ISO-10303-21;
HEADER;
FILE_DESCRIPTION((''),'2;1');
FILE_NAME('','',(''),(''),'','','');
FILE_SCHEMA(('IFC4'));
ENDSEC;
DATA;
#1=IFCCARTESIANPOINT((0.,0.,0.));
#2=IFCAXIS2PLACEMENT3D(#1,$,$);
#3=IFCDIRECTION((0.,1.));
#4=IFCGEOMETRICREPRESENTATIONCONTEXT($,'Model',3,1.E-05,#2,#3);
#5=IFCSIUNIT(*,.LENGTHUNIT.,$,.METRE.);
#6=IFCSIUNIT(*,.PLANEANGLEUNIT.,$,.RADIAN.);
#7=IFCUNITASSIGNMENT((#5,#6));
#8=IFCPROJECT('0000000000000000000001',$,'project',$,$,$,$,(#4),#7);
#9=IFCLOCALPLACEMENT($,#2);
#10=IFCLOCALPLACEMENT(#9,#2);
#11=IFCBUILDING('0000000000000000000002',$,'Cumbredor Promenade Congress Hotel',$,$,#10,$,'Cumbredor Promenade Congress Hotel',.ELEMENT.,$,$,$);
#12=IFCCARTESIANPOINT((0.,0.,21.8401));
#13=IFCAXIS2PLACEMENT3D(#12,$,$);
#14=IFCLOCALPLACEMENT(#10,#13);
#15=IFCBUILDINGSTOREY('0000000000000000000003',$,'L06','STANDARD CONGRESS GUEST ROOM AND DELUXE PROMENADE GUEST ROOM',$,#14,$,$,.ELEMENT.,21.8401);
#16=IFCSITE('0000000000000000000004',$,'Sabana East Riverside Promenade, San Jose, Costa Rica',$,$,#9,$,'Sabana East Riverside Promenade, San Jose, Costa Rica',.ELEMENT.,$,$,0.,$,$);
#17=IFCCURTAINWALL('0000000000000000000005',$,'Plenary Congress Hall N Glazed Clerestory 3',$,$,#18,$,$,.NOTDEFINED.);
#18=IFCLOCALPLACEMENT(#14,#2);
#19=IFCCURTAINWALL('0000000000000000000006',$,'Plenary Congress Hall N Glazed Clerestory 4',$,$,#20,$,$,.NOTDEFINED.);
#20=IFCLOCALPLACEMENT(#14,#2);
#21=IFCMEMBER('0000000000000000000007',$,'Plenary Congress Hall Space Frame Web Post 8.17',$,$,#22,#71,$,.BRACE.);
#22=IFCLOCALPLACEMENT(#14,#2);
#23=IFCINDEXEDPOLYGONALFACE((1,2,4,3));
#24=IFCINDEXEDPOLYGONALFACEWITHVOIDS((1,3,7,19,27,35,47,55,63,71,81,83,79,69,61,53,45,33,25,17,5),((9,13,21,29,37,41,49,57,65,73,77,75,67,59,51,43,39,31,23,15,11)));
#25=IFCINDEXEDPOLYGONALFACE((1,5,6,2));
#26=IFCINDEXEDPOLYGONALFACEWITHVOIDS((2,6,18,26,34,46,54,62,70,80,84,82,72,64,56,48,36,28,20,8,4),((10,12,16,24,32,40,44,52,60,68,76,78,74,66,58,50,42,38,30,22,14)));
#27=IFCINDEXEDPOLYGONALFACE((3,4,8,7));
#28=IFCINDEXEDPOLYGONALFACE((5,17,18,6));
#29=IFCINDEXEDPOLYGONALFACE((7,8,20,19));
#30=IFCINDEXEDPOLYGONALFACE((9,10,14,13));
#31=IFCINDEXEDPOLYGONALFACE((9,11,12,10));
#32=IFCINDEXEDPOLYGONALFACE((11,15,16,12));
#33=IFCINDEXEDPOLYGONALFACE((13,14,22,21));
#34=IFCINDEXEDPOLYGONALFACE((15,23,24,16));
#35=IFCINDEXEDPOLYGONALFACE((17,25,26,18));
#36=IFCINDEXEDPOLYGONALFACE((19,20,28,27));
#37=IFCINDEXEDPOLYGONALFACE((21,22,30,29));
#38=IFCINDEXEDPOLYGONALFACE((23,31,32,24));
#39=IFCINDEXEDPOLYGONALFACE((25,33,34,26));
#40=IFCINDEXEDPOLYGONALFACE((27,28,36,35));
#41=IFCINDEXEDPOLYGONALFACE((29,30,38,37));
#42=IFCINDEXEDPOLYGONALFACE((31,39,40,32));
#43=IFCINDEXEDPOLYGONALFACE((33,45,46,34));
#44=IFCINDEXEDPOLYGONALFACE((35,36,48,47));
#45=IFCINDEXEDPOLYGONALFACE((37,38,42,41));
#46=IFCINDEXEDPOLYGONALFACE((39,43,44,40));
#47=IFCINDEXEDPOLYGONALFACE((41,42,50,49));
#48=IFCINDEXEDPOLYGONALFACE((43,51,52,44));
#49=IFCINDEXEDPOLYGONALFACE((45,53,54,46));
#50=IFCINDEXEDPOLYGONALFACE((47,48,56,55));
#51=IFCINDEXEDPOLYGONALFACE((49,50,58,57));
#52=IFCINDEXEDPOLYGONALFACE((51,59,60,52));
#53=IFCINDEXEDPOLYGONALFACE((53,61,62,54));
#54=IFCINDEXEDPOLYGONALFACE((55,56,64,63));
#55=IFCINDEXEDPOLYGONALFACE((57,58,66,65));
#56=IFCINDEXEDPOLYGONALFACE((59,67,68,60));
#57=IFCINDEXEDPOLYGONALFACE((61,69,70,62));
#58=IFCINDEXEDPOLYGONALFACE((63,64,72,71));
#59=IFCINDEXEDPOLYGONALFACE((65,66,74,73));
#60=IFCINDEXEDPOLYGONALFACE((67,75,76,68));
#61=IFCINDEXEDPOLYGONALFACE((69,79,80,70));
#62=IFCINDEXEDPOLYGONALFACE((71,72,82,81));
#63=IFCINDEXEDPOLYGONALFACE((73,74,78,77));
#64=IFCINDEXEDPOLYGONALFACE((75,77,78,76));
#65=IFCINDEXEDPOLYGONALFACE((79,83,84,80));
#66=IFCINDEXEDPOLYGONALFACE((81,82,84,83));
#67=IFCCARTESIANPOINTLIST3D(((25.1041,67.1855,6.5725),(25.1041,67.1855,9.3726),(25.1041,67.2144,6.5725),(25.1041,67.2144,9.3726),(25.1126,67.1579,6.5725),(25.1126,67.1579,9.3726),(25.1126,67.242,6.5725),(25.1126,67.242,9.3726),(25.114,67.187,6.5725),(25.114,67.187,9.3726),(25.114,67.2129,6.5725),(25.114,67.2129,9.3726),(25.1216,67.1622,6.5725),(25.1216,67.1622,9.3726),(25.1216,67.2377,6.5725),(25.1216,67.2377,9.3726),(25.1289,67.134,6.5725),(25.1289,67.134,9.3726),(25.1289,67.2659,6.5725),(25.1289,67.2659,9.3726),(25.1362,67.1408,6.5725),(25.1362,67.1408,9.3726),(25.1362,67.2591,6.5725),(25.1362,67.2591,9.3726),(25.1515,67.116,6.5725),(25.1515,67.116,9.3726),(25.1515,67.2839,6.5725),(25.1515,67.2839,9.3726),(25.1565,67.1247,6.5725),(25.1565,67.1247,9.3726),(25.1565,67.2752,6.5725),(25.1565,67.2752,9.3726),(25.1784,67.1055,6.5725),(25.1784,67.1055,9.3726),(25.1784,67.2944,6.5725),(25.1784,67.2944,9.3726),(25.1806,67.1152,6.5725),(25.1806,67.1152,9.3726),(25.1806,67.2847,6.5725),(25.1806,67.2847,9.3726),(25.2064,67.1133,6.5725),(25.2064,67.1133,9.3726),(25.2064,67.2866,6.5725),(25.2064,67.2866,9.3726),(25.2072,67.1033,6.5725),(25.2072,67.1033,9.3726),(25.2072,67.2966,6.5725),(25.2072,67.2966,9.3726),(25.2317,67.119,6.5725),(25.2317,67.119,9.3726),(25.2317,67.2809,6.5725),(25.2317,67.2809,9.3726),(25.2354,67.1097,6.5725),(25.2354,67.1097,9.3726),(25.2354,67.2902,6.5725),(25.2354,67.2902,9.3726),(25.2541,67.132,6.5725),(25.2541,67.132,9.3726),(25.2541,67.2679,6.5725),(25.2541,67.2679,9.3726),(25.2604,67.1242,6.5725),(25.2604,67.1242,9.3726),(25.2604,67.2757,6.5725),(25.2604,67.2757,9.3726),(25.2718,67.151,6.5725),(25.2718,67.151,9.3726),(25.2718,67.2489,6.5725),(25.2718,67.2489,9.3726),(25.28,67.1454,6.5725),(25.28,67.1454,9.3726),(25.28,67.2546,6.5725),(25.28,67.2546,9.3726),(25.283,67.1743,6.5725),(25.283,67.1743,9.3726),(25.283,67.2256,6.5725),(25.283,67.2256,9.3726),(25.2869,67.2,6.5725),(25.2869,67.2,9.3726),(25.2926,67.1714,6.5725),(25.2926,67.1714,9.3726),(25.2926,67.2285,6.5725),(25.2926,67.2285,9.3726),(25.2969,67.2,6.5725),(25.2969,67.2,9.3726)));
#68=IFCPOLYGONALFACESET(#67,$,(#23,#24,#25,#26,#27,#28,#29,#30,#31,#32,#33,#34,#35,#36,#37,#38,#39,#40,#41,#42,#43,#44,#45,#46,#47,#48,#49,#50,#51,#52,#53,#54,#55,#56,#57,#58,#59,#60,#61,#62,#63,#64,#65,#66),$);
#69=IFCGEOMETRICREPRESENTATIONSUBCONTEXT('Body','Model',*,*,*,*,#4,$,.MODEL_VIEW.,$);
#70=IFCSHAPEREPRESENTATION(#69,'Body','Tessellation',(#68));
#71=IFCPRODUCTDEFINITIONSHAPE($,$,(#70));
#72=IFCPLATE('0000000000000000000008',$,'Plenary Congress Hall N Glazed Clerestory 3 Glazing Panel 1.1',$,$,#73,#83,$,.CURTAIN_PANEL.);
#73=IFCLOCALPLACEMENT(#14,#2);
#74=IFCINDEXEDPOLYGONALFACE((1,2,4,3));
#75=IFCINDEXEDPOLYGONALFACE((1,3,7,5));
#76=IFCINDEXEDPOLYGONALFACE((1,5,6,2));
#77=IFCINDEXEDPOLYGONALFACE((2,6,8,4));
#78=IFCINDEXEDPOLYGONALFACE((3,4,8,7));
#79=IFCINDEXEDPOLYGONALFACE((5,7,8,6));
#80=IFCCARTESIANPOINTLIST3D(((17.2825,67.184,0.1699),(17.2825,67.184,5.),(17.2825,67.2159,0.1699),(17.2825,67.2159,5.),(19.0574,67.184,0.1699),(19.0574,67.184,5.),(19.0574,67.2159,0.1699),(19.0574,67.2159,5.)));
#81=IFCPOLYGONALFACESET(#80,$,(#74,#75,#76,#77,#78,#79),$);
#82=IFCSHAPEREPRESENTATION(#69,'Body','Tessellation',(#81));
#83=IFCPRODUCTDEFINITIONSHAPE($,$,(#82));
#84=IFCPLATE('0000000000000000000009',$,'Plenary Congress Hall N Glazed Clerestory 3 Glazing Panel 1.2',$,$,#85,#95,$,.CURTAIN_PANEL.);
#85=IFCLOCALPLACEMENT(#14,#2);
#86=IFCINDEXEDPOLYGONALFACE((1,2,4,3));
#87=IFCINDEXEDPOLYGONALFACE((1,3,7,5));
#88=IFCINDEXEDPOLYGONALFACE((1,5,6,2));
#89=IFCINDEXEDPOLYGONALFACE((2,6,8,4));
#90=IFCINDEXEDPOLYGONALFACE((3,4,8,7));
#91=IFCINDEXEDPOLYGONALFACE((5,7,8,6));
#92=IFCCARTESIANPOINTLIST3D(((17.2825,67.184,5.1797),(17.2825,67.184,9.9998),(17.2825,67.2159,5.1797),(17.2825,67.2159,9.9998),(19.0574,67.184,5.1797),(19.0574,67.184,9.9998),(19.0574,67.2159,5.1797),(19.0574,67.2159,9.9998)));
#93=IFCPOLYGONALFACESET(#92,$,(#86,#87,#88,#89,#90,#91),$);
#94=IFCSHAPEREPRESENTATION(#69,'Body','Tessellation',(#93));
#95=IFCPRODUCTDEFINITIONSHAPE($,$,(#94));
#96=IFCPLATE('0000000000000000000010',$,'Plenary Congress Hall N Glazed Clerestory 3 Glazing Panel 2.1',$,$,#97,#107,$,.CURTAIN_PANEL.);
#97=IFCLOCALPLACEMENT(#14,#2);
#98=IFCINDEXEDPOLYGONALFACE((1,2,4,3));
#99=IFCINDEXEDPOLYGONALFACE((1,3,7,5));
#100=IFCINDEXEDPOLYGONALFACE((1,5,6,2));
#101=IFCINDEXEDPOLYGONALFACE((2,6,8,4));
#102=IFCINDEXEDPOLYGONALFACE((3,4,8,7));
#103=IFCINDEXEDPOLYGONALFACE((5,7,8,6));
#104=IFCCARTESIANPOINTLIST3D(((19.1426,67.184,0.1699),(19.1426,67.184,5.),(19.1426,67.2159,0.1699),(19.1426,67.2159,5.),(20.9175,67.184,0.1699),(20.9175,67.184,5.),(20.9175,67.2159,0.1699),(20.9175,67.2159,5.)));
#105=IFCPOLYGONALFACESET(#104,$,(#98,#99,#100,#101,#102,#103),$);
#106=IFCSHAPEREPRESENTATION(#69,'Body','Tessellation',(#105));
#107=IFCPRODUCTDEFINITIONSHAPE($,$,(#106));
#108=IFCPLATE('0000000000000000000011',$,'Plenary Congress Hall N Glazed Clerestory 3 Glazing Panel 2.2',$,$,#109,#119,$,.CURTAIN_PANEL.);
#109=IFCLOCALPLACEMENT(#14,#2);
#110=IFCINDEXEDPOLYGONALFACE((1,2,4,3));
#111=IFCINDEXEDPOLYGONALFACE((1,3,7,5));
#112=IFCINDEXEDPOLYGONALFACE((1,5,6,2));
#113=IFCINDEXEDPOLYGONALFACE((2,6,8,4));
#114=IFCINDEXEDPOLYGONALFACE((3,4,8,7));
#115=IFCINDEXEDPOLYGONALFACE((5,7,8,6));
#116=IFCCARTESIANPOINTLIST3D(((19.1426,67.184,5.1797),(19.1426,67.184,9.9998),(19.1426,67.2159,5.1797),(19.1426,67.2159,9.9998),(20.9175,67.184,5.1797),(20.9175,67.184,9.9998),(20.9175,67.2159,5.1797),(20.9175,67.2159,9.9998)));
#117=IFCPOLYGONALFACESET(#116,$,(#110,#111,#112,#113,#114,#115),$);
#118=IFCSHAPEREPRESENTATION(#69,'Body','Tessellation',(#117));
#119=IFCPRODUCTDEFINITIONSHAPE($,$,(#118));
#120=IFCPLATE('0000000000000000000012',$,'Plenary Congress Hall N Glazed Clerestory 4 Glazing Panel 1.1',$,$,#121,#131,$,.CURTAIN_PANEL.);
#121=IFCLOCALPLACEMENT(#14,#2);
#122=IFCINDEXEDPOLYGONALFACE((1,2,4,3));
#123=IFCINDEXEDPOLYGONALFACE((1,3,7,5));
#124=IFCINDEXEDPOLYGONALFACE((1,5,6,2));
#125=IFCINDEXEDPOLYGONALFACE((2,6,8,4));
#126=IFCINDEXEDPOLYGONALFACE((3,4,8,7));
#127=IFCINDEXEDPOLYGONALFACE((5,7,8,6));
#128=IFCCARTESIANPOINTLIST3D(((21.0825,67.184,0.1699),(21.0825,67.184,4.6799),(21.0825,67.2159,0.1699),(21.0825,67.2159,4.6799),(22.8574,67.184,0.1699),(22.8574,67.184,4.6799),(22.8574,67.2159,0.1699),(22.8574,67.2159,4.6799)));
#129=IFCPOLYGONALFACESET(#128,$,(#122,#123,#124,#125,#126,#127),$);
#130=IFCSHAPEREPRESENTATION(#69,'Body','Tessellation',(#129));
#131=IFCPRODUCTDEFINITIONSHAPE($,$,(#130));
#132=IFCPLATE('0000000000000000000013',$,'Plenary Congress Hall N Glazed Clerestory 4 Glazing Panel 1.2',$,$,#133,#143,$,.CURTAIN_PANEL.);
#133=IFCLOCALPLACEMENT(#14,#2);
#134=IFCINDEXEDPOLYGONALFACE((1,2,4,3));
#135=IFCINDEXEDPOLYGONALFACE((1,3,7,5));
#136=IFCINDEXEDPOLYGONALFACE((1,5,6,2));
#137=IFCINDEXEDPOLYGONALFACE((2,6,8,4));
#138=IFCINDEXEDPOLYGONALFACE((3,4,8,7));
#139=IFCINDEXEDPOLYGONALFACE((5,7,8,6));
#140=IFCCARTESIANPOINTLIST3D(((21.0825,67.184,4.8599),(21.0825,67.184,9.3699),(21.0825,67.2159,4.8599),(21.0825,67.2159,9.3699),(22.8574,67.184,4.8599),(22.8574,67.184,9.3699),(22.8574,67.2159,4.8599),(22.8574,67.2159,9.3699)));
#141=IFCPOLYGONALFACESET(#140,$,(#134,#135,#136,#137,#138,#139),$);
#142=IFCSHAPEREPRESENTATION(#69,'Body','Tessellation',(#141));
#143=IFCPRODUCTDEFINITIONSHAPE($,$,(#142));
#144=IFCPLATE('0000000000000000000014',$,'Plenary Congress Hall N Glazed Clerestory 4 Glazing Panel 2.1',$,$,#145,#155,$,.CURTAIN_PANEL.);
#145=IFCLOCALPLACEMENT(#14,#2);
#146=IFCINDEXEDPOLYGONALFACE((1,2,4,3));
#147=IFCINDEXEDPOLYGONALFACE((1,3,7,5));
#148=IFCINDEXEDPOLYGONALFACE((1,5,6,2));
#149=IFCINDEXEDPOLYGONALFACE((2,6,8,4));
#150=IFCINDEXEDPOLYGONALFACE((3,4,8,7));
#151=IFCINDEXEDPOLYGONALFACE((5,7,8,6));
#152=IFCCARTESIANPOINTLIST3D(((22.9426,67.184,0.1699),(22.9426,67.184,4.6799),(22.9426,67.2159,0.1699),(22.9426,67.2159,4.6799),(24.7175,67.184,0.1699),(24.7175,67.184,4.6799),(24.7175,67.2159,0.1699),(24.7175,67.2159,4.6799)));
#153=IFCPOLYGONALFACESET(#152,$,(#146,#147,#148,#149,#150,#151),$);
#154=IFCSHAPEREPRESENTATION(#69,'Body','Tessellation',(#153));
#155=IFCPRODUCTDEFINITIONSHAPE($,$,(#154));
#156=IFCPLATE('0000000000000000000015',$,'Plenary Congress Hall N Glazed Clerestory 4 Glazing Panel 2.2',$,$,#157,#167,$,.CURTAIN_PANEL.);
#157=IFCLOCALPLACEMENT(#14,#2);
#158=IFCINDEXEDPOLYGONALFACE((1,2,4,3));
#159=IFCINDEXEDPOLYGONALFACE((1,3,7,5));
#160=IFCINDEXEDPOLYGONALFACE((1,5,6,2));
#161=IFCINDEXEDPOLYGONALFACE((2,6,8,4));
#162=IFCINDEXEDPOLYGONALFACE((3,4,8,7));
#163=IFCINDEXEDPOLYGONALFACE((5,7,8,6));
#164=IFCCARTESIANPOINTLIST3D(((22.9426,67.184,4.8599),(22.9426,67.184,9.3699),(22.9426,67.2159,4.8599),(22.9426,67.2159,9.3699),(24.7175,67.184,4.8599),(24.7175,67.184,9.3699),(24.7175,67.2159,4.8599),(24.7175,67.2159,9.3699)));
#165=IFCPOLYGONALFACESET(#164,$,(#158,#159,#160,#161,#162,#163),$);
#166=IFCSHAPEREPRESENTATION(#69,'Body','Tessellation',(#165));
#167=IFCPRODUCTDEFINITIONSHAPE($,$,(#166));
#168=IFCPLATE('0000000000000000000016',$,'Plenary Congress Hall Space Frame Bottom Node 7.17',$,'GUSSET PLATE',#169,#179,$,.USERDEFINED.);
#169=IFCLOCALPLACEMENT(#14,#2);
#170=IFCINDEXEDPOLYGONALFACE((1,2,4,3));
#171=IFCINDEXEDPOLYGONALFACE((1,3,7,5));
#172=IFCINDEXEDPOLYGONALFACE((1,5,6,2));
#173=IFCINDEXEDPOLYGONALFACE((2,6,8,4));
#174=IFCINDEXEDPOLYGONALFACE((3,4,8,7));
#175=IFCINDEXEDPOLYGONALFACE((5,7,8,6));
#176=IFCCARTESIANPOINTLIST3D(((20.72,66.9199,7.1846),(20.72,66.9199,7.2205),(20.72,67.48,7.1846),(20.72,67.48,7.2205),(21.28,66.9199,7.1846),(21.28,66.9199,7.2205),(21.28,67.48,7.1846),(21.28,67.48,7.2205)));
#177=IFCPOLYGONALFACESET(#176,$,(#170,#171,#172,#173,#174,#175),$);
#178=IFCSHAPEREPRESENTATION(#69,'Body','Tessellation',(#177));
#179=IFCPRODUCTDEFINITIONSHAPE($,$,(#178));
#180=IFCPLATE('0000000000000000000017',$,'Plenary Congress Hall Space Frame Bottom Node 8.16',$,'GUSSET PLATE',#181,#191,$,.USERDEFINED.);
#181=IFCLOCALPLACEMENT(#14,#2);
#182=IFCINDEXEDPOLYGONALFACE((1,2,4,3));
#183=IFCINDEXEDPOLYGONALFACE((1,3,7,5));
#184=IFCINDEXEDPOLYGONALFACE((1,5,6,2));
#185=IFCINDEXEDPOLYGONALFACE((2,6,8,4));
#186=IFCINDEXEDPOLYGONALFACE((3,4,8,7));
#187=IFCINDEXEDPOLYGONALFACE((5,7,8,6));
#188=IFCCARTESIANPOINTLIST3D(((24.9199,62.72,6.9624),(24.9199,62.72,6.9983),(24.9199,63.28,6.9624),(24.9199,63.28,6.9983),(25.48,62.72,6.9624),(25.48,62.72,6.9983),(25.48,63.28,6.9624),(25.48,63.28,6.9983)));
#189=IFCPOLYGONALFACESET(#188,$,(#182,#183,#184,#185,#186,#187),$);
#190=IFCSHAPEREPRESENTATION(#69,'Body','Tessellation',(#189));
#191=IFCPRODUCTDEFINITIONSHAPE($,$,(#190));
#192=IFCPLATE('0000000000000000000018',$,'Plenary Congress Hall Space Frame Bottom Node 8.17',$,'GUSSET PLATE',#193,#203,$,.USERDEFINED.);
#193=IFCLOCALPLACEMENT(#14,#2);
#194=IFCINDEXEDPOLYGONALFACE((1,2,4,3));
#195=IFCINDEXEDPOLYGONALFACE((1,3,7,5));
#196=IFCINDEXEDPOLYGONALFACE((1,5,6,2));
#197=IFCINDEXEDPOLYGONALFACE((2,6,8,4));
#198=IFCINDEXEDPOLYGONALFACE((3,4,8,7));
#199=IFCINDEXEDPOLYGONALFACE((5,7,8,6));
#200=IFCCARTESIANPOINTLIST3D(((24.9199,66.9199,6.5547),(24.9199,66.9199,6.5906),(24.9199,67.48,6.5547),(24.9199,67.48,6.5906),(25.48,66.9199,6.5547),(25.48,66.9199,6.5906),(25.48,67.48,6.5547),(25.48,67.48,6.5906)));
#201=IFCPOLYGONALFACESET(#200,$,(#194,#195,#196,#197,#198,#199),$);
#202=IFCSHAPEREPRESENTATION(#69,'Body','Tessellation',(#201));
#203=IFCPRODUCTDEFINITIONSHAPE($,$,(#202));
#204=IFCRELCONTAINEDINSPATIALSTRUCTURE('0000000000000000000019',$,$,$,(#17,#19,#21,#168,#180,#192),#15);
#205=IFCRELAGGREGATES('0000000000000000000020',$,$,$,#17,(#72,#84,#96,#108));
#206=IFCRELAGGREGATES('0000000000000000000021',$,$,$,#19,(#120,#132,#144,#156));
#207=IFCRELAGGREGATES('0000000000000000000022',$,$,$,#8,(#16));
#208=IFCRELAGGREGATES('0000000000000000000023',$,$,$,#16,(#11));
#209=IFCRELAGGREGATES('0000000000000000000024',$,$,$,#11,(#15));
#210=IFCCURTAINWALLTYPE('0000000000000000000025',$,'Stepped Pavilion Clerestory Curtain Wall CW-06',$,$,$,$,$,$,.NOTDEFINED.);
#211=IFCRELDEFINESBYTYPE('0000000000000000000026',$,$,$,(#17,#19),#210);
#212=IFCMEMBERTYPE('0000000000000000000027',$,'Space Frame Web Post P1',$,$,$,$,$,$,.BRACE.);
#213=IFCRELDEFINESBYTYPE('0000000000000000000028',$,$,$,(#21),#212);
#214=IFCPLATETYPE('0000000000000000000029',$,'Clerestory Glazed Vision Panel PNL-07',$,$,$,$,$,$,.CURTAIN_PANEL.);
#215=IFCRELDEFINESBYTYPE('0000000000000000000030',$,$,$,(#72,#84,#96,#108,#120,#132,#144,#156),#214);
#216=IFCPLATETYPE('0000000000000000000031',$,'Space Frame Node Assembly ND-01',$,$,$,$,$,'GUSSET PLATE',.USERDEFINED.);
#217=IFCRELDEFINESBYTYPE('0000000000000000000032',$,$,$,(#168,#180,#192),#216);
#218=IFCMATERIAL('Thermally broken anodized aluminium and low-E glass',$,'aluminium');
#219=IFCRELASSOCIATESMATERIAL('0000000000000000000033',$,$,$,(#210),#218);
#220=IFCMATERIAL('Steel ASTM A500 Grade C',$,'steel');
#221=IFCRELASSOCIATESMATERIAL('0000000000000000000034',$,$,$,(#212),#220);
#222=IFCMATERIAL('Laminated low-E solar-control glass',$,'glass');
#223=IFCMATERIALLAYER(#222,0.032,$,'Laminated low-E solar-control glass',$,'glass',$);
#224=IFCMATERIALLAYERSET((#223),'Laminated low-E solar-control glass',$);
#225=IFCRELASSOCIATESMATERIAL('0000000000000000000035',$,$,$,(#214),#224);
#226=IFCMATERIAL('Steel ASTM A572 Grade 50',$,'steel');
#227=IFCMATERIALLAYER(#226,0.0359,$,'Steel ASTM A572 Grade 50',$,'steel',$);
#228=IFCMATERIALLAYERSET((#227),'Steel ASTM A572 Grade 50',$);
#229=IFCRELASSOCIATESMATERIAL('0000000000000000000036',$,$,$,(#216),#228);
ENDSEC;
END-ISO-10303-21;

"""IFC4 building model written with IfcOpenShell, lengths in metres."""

from ifc_helpers import new_model, si_unit, direction, frame, origin, origin_2d, place, context, subcontext, project, spatial, rectangle, hollow_circle, extrude, material, layer, layer_set, material_profile, profile_set, type_object, element, aggregate, save


model = new_model("IFC4")

# Units and contexts
model_context = context("Model", 3, precision=1e-05, world=origin(), true_north=direction((0.0, 1.0)))
body_context = subcontext(model_context, "Body", "Model", "MODEL_VIEW")
ifc_project = project(units=[si_unit("LENGTHUNIT", "METRE"), si_unit("PLANEANGLEUNIT", "RADIAN")], contexts=[model_context])

# Site, building, storey
site_placement = place(None, origin())
site = spatial("IfcSite", under=ifc_project, at=site_placement, Name="Sabana East Riverside Promenade, San Jose, Costa Rica", LongName="Sabana East Riverside Promenade, San Jose, Costa Rica", CompositionType="ELEMENT", RefElevation=0.0)
building_placement = place(site_placement, origin())
building = spatial("IfcBuilding", under=site, at=building_placement, Name="Cumbredor Promenade Congress Hotel", LongName="Cumbredor Promenade Congress Hotel", CompositionType="ELEMENT")
storey_placement = place(building_placement, frame((0.0, 0.0, 21.8401)))
storey = spatial("IfcBuildingStorey", under=building, at=storey_placement, Name="L06", Description="STANDARD CONGRESS GUEST ROOM AND DELUXE PROMENADE GUEST ROOM", CompositionType="ELEMENT", Elevation=21.8401)

# Curtain walls
ifc_material_1 = material(Name="Thermally broken anodized aluminium and low-E glass", Category="aluminium")
curtain_wall_type = type_object("IfcCurtainWallType", Name="Stepped Pavilion Clerestory Curtain Wall CW-06", PredefinedType="NOTDEFINED", material=ifc_material_1)
curtain_wall_1_placement = place(storey_placement, origin())
curtain_wall_1 = element("IfcCurtainWall", 1, at=curtain_wall_1_placement, inside=storey, type_object=curtain_wall_type, Name="Plenary Congress Hall N Glazed Clerestory 3", PredefinedType="NOTDEFINED")
curtain_wall_2_placement = place(storey_placement, origin())
curtain_wall_2 = element("IfcCurtainWall", 2, at=curtain_wall_2_placement, inside=storey, type_object=curtain_wall_type, Name="Plenary Congress Hall N Glazed Clerestory 4", PredefinedType="NOTDEFINED")

# Member
ifc_material_2 = material(Name="Steel ASTM A500 Grade C", Category="steel")
ifc_material_profile_1 = material_profile(ifc_material_2, hollow_circle(Radius=0.0969, WallThickness=0.01, at=origin_2d()), Name="CHS 193.7x10")
ifc_profile_set_1 = profile_set([ifc_material_profile_1], Name="Steel ASTM A500 Grade C")
member_type_1 = type_object("IfcMemberType", Name="Space Frame Web Post P1", PredefinedType="BRACE", material=ifc_profile_set_1)
for number, where, z_axis, x_axis, name in (
    (3, (25.2, 67.2, 6.5725), (0.0, 0.0, 1.0), (1.0, 0.0, 0.0), "Plenary Congress Hall Space Frame Web Post 8.17"),
):
    element("IfcMember", number, at=place(storey_placement, frame(where, z_axis=z_axis, x_axis=x_axis)), inside=storey, type_object=member_type_1, Name=name, PredefinedType="BRACE", context=body_context, shape_type="SweptSolid", body=[
        extrude(hollow_circle(Radius=0.0969, WallThickness=0.01, at=origin_2d()), origin(), (0.0, 0.0, 1.0), 2.8),
    ])

# Plates
ifc_material_3 = material(Name="Laminated low-E solar-control glass", Category="glass")
ifc_layer_1 = layer(ifc_material_3, 0.032, Name="Laminated low-E solar-control glass", Category="glass")
ifc_layer_set_1 = layer_set([ifc_layer_1], Name="Laminated low-E solar-control glass")
plate_type_1 = type_object("IfcPlateType", Name="Clerestory Glazed Vision Panel PNL-07", PredefinedType="CURTAIN_PANEL", material=ifc_layer_set_1)
plate_1_placement = place(storey_placement, frame((18.1699, 67.2, 0.1699), z_axis=(0.0, 0.0, 1.0), x_axis=(1.0, 0.0, 0.0)))
plate_1 = element("IfcPlate", 4, at=plate_1_placement, type_object=plate_type_1, Name="Plenary Congress Hall N Glazed Clerestory 3 Glazing Panel 1.1", PredefinedType="CURTAIN_PANEL", context=body_context, shape_type="SweptSolid", body=[
    extrude(rectangle(XDim=1.7749, YDim=0.032, at=origin_2d()), origin(), (0.0, 0.0, 1.0), 4.8301),
])
plate_2_placement = place(storey_placement, frame((18.1699, 67.2, 5.1797), z_axis=(0.0, 0.0, 1.0), x_axis=(1.0, 0.0, 0.0)))
plate_2 = element("IfcPlate", 5, at=plate_2_placement, type_object=plate_type_1, Name="Plenary Congress Hall N Glazed Clerestory 3 Glazing Panel 1.2", PredefinedType="CURTAIN_PANEL", context=body_context, shape_type="SweptSolid", body=[
    extrude(rectangle(XDim=1.7749, YDim=0.032, at=origin_2d()), origin(), (0.0, 0.0, 1.0), 4.8201),
])
plate_3_placement = place(storey_placement, frame((20.03, 67.2, 0.1699), z_axis=(0.0, 0.0, 1.0), x_axis=(1.0, 0.0, 0.0)))
plate_3 = element("IfcPlate", 6, at=plate_3_placement, type_object=plate_type_1, Name="Plenary Congress Hall N Glazed Clerestory 3 Glazing Panel 2.1", PredefinedType="CURTAIN_PANEL", context=body_context, shape_type="SweptSolid", body=[
    extrude(rectangle(XDim=1.7749, YDim=0.032, at=origin_2d()), origin(), (0.0, 0.0, 1.0), 4.8301),
])
plate_4_placement = place(storey_placement, frame((20.03, 67.2, 5.1797), z_axis=(0.0, 0.0, 1.0), x_axis=(1.0, 0.0, 0.0)))
plate_4 = element("IfcPlate", 7, at=plate_4_placement, type_object=plate_type_1, Name="Plenary Congress Hall N Glazed Clerestory 3 Glazing Panel 2.2", PredefinedType="CURTAIN_PANEL", context=body_context, shape_type="SweptSolid", body=[
    extrude(rectangle(XDim=1.7749, YDim=0.032, at=origin_2d()), origin(), (0.0, 0.0, 1.0), 4.8201),
])
aggregate(curtain_wall_1, [plate_1, plate_2, plate_3, plate_4])
plate_5_placement = place(storey_placement, frame((21.97, 67.2, 0.1699), z_axis=(0.0, 0.0, 1.0), x_axis=(1.0, 0.0, 0.0)))
plate_5 = element("IfcPlate", 8, at=plate_5_placement, type_object=plate_type_1, Name="Plenary Congress Hall N Glazed Clerestory 4 Glazing Panel 1.1", PredefinedType="CURTAIN_PANEL", context=body_context, shape_type="SweptSolid", body=[
    extrude(rectangle(XDim=1.7749, YDim=0.032, at=origin_2d()), origin(), (0.0, 0.0, 1.0), 4.51),
])
plate_6_placement = place(storey_placement, frame((21.97, 67.2, 4.8599), z_axis=(0.0, 0.0, 1.0), x_axis=(1.0, 0.0, 0.0)))
plate_6 = element("IfcPlate", 9, at=plate_6_placement, type_object=plate_type_1, Name="Plenary Congress Hall N Glazed Clerestory 4 Glazing Panel 1.2", PredefinedType="CURTAIN_PANEL", context=body_context, shape_type="SweptSolid", body=[
    extrude(rectangle(XDim=1.7749, YDim=0.032, at=origin_2d()), origin(), (0.0, 0.0, 1.0), 4.51),
])
plate_7_placement = place(storey_placement, frame((23.8301, 67.2, 0.1699), z_axis=(0.0, 0.0, 1.0), x_axis=(1.0, 0.0, 0.0)))
plate_7 = element("IfcPlate", 10, at=plate_7_placement, type_object=plate_type_1, Name="Plenary Congress Hall N Glazed Clerestory 4 Glazing Panel 2.1", PredefinedType="CURTAIN_PANEL", context=body_context, shape_type="SweptSolid", body=[
    extrude(rectangle(XDim=1.7749, YDim=0.032, at=origin_2d()), origin(), (0.0, 0.0, 1.0), 4.51),
])
plate_8_placement = place(storey_placement, frame((23.8301, 67.2, 4.8599), z_axis=(0.0, 0.0, 1.0), x_axis=(1.0, 0.0, 0.0)))
plate_8 = element("IfcPlate", 11, at=plate_8_placement, type_object=plate_type_1, Name="Plenary Congress Hall N Glazed Clerestory 4 Glazing Panel 2.2", PredefinedType="CURTAIN_PANEL", context=body_context, shape_type="SweptSolid", body=[
    extrude(rectangle(XDim=1.7749, YDim=0.032, at=origin_2d()), origin(), (0.0, 0.0, 1.0), 4.51),
])
aggregate(curtain_wall_2, [plate_5, plate_6, plate_7, plate_8])

# Plates
ifc_material_4 = material(Name="Steel ASTM A572 Grade 50", Category="steel")
ifc_layer_2 = layer(ifc_material_4, 0.0359, Name="Steel ASTM A572 Grade 50", Category="steel")
ifc_layer_set_2 = layer_set([ifc_layer_2], Name="Steel ASTM A572 Grade 50")
plate_type_2 = type_object("IfcPlateType", Name="Space Frame Node Assembly ND-01", ElementType="GUSSET PLATE", PredefinedType="USERDEFINED", material=ifc_layer_set_2)
for number, where, z_axis, x_axis, name in (
    (12, (21.0, 67.2, 7.1846), (0.0, 0.0, 1.0), (1.0, 0.0, 0.0), "Plenary Congress Hall Space Frame Bottom Node 7.17"),
    (13, (25.2, 63.0, 6.9624), (0.0, 0.0, 1.0), (1.0, 0.0, 0.0), "Plenary Congress Hall Space Frame Bottom Node 8.16"),
    (14, (25.2, 67.2, 6.5547), (0.0, 0.0, 1.0), (1.0, 0.0, 0.0), "Plenary Congress Hall Space Frame Bottom Node 8.17"),
):
    element("IfcPlate", number, at=place(storey_placement, frame(where, z_axis=z_axis, x_axis=x_axis)), inside=storey, type_object=plate_type_2, Name=name, ObjectType="GUSSET PLATE", PredefinedType="USERDEFINED", context=body_context, shape_type="SweptSolid", body=[
        extrude(rectangle(XDim=0.5601, YDim=0.5601, at=origin_2d()), origin(), (0.0, 0.0, 1.0), 0.0359),
    ])

save(model, "model.ifc")
